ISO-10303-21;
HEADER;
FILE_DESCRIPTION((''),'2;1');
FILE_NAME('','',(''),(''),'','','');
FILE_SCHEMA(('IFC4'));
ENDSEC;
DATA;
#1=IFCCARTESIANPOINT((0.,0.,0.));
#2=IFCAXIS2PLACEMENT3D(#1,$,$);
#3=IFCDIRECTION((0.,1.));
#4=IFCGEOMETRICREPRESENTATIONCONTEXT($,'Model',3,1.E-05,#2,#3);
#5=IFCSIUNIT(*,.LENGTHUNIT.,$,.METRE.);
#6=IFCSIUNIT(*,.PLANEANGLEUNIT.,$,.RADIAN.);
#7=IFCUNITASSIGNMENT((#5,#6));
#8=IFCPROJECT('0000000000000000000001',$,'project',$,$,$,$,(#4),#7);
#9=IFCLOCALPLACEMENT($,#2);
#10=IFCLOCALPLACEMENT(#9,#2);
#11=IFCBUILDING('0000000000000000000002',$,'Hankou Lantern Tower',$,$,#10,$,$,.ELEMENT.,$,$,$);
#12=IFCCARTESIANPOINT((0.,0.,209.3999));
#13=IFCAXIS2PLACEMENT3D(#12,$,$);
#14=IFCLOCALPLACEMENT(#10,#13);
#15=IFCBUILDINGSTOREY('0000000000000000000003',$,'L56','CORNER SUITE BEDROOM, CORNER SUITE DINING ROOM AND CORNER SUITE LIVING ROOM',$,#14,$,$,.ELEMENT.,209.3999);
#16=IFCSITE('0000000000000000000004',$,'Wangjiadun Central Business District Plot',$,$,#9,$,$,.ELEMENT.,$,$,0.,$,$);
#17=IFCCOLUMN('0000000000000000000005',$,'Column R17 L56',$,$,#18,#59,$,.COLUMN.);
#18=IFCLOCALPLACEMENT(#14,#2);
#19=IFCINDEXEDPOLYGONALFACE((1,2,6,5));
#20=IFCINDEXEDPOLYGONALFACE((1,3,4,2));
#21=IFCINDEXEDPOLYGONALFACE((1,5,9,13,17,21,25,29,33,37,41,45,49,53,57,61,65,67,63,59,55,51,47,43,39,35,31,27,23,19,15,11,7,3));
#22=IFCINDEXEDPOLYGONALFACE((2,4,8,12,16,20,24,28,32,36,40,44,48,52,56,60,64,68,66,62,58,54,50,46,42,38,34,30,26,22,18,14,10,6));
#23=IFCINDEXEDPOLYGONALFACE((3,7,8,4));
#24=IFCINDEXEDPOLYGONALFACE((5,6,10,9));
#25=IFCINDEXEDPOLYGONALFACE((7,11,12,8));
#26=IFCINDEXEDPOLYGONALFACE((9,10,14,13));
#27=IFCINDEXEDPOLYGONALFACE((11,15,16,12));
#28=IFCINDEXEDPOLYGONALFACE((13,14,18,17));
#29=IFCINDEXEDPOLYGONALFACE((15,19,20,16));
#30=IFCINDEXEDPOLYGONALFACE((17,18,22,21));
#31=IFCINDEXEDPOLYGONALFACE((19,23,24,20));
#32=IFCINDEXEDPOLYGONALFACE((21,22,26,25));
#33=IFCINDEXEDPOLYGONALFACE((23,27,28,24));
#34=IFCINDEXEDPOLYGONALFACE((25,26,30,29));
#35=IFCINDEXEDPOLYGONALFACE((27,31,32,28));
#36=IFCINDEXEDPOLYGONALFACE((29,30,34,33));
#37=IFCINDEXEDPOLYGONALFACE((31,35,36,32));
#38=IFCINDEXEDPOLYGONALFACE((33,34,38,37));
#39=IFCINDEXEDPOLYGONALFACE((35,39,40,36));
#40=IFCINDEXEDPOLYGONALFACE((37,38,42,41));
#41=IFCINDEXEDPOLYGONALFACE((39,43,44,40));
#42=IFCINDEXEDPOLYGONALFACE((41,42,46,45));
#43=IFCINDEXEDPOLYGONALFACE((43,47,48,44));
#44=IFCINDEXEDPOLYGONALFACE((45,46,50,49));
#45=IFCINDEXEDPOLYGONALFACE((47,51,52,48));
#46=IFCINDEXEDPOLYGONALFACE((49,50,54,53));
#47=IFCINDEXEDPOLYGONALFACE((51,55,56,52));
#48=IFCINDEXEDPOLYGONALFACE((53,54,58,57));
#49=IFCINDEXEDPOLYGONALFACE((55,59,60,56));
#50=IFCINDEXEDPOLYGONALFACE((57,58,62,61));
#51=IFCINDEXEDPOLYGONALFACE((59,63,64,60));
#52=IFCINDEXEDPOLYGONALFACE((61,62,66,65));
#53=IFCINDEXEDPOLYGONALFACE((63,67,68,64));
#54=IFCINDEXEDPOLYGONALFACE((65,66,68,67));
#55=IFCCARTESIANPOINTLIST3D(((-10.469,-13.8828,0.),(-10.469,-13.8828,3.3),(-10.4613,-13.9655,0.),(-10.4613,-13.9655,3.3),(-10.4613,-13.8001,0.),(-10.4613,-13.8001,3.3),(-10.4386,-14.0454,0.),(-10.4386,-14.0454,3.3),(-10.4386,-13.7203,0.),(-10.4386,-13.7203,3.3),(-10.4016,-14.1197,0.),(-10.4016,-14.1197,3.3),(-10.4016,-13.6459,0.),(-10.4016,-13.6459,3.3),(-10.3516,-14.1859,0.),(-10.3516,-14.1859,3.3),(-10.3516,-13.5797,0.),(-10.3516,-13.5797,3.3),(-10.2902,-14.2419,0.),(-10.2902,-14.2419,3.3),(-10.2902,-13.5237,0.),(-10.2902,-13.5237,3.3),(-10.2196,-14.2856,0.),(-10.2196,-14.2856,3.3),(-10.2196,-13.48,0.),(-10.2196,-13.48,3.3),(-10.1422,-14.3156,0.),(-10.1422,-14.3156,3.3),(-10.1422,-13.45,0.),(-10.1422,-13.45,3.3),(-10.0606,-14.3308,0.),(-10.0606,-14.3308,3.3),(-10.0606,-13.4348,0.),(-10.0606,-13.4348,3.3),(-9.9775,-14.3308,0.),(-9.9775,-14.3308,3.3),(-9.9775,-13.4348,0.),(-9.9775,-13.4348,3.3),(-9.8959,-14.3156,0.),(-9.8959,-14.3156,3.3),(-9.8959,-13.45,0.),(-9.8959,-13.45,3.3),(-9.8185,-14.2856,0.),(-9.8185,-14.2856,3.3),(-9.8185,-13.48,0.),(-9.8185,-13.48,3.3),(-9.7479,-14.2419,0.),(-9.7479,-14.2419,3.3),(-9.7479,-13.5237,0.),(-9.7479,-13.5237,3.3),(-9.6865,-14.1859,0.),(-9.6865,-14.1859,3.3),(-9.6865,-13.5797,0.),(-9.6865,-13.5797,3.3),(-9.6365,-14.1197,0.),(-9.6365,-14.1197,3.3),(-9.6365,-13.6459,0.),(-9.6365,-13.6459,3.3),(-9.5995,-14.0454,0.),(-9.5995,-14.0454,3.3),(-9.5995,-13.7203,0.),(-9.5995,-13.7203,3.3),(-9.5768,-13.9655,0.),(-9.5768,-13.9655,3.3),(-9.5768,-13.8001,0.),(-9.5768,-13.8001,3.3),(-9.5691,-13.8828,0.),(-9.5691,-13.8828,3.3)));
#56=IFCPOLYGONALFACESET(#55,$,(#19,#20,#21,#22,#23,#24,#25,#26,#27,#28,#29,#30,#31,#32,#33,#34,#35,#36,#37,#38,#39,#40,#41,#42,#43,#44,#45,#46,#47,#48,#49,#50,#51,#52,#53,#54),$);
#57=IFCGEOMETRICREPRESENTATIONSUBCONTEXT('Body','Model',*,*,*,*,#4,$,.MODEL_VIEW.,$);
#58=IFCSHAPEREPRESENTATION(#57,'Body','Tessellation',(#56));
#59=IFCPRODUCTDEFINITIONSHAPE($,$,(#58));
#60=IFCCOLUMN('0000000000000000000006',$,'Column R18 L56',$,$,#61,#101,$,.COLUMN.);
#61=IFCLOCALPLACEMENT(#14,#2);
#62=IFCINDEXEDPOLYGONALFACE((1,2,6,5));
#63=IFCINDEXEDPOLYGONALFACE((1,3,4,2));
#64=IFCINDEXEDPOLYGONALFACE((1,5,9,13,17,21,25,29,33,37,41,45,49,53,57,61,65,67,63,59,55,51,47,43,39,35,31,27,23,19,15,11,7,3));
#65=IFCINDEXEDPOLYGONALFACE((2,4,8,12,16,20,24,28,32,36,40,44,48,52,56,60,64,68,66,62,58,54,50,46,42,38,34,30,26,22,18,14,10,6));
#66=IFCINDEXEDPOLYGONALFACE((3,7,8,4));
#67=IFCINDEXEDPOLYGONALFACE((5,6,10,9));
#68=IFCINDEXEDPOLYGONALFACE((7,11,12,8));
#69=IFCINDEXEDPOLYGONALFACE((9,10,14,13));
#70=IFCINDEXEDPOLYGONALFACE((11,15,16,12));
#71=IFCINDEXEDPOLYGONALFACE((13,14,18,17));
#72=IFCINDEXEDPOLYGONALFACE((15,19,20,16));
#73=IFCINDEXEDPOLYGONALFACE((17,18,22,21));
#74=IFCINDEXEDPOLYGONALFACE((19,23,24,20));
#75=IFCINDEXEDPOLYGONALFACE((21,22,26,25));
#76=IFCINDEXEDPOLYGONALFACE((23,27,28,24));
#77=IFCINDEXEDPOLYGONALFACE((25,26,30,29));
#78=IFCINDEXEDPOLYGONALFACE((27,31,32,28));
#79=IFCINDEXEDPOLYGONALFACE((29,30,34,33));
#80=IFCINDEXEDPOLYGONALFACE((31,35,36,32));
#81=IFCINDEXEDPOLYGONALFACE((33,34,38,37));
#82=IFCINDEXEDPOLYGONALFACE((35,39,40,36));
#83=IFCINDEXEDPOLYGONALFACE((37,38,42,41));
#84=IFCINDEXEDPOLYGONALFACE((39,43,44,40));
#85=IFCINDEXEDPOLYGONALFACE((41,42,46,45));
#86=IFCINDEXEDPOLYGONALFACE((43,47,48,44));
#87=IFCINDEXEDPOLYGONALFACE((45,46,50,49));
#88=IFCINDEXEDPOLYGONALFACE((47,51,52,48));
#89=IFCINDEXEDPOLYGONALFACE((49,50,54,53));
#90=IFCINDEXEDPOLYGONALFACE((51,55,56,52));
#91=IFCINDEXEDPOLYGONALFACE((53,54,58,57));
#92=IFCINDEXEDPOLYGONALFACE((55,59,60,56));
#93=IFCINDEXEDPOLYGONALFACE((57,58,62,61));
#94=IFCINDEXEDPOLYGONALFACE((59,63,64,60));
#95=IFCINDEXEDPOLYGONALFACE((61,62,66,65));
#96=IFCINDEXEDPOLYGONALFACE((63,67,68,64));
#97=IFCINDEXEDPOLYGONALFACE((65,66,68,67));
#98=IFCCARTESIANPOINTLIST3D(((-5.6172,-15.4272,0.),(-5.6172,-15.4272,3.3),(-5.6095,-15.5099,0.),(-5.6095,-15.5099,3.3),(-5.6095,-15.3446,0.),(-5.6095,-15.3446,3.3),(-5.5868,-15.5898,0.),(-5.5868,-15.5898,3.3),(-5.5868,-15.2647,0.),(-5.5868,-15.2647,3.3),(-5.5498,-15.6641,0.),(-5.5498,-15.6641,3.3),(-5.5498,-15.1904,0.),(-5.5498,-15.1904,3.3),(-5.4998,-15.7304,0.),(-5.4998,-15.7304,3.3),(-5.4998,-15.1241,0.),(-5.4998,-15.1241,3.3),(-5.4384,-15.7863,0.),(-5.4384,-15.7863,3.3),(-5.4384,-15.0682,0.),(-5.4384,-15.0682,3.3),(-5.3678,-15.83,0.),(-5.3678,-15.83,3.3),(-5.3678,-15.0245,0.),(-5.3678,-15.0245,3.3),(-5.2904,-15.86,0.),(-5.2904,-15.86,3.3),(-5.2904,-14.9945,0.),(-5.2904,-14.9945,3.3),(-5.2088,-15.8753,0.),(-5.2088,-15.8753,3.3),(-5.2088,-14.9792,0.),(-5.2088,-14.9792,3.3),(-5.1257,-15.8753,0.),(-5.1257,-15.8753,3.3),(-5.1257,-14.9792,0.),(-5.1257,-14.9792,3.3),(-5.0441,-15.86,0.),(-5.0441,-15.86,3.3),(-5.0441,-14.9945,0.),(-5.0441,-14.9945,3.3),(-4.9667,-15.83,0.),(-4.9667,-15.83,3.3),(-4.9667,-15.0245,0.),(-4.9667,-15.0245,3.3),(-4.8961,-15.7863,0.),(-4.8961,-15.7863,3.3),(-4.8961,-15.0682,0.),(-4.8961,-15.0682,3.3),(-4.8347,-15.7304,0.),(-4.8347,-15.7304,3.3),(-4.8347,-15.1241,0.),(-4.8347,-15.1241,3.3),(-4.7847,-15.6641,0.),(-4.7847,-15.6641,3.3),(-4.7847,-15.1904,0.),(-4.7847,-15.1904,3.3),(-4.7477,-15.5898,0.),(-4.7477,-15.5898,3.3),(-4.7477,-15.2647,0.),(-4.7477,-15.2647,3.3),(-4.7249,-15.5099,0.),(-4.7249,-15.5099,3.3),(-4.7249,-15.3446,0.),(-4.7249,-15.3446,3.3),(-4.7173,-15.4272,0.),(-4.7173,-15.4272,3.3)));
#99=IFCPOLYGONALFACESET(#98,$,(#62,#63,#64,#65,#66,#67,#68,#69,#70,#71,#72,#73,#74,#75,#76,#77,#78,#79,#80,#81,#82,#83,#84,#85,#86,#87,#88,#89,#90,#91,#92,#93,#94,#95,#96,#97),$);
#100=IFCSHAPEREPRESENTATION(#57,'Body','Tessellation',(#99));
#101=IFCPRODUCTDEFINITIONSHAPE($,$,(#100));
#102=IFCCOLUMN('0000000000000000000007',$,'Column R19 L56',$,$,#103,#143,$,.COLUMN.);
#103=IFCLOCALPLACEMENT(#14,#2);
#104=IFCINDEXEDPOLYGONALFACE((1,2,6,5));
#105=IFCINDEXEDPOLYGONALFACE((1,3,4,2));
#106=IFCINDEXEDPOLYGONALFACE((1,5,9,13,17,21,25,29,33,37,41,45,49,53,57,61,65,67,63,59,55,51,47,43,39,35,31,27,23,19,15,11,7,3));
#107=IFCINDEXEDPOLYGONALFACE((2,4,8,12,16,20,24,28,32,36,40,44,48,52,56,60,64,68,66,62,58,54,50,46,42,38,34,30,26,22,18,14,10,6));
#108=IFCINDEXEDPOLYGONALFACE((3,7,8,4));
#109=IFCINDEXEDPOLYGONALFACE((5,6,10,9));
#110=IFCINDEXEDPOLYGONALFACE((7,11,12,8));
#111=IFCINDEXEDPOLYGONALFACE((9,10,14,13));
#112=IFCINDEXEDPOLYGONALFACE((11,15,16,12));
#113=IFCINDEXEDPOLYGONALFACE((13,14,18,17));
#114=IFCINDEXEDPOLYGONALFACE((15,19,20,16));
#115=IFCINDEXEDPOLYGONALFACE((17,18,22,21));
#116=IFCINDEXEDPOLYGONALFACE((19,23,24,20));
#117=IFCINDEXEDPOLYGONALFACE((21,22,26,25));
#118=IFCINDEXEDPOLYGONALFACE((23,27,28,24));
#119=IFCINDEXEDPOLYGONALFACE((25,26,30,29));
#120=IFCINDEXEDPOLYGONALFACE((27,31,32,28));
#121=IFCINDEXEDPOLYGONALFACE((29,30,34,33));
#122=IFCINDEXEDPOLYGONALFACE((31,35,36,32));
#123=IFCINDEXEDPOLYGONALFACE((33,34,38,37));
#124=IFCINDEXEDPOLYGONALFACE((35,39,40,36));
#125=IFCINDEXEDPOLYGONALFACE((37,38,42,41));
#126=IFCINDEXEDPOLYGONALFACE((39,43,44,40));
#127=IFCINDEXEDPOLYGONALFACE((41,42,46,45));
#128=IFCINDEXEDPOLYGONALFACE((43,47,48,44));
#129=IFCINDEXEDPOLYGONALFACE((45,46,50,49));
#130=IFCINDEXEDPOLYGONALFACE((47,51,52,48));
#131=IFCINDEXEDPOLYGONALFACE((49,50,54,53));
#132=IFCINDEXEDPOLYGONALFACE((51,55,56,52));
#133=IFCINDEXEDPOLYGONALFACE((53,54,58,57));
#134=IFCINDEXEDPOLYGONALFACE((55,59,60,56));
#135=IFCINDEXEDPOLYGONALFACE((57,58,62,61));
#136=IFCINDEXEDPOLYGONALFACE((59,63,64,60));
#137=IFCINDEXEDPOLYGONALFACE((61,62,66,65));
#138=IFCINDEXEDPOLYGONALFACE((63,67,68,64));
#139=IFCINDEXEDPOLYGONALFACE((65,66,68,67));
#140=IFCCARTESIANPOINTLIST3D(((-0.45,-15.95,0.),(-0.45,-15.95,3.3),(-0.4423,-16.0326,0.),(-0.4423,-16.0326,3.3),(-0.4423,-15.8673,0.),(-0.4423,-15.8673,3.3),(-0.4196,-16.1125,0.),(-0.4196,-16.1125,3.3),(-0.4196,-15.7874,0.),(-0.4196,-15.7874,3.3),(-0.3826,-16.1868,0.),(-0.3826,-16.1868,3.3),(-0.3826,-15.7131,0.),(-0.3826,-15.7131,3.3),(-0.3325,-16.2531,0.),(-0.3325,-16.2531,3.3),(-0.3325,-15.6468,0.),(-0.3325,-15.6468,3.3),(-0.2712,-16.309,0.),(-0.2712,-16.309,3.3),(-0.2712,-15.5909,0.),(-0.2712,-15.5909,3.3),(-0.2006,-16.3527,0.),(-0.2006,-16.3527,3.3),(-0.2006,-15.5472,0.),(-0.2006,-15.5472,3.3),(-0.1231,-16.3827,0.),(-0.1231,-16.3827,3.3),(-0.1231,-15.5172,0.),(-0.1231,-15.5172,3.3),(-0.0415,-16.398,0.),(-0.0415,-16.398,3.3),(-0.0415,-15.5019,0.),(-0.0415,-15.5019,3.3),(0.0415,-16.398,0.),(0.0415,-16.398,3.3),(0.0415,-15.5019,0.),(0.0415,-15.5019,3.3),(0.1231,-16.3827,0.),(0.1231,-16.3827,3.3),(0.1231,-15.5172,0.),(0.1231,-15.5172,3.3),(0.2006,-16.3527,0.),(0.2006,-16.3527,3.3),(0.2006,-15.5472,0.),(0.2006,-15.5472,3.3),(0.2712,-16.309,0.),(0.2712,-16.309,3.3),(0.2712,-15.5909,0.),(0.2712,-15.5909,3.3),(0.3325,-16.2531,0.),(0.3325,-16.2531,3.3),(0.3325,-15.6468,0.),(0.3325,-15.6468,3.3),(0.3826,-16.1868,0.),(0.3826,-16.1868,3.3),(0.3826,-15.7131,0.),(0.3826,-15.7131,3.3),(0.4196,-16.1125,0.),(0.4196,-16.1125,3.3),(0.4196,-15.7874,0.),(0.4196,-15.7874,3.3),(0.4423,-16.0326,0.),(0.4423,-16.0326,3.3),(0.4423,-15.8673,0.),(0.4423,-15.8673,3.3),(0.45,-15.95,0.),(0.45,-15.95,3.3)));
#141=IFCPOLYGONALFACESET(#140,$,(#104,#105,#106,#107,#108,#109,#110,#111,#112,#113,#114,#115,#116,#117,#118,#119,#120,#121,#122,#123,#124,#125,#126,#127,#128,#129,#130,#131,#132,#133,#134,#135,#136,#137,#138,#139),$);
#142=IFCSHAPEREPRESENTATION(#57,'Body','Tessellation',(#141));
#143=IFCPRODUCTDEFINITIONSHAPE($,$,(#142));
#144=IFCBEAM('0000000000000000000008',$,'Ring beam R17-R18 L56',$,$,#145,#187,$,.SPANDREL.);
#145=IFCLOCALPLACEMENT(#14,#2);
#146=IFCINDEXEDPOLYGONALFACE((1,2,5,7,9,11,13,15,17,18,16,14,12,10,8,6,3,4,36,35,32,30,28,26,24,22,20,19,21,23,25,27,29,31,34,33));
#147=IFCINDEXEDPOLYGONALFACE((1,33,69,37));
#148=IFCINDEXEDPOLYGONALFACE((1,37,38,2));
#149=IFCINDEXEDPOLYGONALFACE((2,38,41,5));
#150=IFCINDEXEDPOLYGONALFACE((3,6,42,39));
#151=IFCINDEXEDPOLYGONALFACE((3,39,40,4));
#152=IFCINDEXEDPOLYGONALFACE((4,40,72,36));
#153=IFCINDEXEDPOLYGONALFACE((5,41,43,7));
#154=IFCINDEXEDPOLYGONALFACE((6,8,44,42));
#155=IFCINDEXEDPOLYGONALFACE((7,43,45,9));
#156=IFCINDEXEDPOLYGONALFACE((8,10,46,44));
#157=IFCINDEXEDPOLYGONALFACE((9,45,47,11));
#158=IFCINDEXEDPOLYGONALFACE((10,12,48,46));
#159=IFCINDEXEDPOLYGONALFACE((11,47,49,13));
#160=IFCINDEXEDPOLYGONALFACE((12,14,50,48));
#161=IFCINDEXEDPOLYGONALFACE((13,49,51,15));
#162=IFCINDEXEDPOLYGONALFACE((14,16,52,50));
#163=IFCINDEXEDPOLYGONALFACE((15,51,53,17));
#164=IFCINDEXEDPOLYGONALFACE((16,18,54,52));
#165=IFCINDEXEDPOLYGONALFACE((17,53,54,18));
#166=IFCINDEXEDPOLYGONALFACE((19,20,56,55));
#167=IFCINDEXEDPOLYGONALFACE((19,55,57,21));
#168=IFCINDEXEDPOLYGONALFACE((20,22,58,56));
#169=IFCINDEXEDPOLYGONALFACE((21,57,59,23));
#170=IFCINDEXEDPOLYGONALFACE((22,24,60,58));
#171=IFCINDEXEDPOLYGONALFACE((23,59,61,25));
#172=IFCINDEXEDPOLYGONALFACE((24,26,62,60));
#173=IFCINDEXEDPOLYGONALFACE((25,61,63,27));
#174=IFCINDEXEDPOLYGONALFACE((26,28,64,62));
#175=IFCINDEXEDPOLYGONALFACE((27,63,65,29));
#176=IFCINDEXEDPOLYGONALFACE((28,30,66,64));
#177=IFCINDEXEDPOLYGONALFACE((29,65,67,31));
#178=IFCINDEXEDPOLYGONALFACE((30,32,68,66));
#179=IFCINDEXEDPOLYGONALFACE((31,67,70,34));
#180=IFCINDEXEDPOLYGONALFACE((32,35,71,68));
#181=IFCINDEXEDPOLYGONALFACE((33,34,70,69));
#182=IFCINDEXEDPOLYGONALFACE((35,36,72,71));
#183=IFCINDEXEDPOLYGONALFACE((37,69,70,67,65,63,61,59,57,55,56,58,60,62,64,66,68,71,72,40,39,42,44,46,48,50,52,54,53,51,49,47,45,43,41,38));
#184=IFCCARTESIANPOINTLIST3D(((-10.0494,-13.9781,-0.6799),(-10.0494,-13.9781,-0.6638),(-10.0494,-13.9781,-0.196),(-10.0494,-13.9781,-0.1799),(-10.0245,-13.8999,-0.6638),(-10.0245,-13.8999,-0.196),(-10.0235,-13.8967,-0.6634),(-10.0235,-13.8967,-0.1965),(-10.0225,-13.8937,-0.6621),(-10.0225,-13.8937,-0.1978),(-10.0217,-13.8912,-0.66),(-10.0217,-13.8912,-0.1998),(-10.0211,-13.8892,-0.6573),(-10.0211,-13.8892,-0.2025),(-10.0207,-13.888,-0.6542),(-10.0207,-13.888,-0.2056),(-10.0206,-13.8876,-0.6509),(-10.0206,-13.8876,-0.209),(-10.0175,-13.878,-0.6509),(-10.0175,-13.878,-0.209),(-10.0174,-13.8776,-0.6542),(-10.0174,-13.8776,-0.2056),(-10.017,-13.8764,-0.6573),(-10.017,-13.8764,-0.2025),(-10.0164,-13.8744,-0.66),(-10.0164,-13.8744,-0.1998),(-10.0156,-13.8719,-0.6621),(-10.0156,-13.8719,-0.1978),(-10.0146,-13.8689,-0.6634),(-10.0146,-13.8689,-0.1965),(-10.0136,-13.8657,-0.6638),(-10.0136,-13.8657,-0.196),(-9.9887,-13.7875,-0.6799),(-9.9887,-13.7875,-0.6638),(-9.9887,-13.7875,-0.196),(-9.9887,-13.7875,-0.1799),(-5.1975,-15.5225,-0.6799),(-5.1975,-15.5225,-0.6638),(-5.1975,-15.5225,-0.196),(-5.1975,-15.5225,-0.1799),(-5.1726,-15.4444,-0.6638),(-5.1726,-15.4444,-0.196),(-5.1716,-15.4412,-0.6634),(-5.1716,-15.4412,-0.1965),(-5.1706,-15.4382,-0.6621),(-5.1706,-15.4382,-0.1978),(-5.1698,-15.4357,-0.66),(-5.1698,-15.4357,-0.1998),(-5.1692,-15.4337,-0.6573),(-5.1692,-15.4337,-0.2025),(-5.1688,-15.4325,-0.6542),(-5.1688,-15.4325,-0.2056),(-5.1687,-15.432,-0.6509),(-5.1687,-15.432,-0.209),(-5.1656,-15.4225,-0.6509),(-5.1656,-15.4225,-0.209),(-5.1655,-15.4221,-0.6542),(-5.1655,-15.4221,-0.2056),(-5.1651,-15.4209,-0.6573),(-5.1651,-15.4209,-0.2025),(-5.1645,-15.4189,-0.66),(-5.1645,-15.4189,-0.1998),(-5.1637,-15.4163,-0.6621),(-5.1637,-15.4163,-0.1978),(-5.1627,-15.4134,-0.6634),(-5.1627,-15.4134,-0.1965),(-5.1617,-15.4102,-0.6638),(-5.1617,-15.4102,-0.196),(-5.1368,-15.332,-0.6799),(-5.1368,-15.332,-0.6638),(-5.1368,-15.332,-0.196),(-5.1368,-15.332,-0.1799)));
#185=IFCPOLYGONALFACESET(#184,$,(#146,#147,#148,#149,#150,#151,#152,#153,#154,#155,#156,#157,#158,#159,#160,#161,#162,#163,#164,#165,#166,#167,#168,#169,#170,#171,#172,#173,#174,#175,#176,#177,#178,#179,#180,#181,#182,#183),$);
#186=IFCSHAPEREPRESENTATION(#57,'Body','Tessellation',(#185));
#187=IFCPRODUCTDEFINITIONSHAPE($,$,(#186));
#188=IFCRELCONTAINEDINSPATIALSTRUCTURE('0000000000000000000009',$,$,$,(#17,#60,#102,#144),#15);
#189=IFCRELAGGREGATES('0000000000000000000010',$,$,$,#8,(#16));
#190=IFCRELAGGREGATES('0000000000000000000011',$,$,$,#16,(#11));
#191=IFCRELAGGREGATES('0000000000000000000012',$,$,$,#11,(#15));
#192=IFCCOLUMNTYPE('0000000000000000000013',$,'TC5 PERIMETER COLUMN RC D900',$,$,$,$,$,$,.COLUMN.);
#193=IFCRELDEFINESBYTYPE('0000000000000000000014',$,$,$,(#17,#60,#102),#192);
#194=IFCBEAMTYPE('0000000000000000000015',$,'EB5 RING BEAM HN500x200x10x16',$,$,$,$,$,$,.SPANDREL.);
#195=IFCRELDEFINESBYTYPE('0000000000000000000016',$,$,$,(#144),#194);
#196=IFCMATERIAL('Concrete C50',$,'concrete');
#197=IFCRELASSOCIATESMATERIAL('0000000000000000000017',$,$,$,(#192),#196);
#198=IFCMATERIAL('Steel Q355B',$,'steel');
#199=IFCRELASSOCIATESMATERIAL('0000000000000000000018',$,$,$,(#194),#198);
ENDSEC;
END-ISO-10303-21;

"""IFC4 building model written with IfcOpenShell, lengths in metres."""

from ifc_helpers import new_model, si_unit, direction, frame, origin, origin_2d, place, context, subcontext, project, spatial, circle, i_section, extrude, material, material_profile, profile_set, type_object, element, save


model = new_model("IFC4")

# Units and contexts
model_context = context("Model", 3, precision=1e-05, world=origin(), true_north=direction((0.0, 1.0)))
body_context = subcontext(model_context, "Body", "Model", "MODEL_VIEW")
ifc_project = project(units=[si_unit("LENGTHUNIT", "METRE"), si_unit("PLANEANGLEUNIT", "RADIAN")], contexts=[model_context])

# Site, building, storey
site_placement = place(None, origin())
site = spatial("IfcSite", under=ifc_project, at=site_placement, Name="Wangjiadun Central Business District Plot", CompositionType="ELEMENT", RefElevation=0.0)
building_placement = place(site_placement, origin())
building = spatial("IfcBuilding", under=site, at=building_placement, Name="Hankou Lantern Tower", CompositionType="ELEMENT")
storey_placement = place(building_placement, frame((0.0, 0.0, 209.3999)))
storey = spatial("IfcBuildingStorey", under=building, at=storey_placement, Name="L56", Description="CORNER SUITE BEDROOM, CORNER SUITE DINING ROOM AND CORNER SUITE LIVING ROOM", CompositionType="ELEMENT", Elevation=209.3999)

# Columns
ifc_material_1 = material(Name="Concrete C50", Category="concrete")
ifc_material_profile_1 = material_profile(ifc_material_1, circle(Radius=0.45, at=origin_2d()), Name="RC D900")
ifc_profile_set_1 = profile_set([ifc_material_profile_1], Name="Concrete C50")
column_type = type_object("IfcColumnType", Name="TC5 PERIMETER COLUMN RC D900", PredefinedType="COLUMN", material=ifc_profile_set_1)
for number, where, z_axis, x_axis, name in (
    (1, (-10.019, -13.8828, 0.0), (0.0, 0.0, 1.0), (1.0, 0.0, 0.0), "Column R17 L56"),
    (2, (-5.1672, -15.4272, 0.0), (0.0, 0.0, 1.0), (1.0, 0.0, 0.0), "Column R18 L56"),
    (3, (0.0, -15.95, 0.0), (0.0, 0.0, 1.0), (1.0, 0.0, 0.0), "Column R19 L56"),
):
    element("IfcColumn", number, at=place(storey_placement, frame(where, z_axis=z_axis, x_axis=x_axis)), inside=storey, type_object=column_type, Name=name, PredefinedType="COLUMN", context=body_context, shape_type="SweptSolid", body=[
        extrude(circle(Radius=0.45, at=origin_2d()), origin(), (0.0, 0.0, 1.0), 3.3),
    ])

# Beam
ifc_material_2 = material(Name="Steel Q355B", Category="steel")
ifc_material_profile_2 = material_profile(ifc_material_2, i_section(OverallWidth=0.2, OverallDepth=0.5, WebThickness=0.01, FlangeThickness=0.0161, FilletRadius=0.0129, at=origin_2d()), Name="HN500x200x10x16")
ifc_profile_set_2 = profile_set([ifc_material_profile_2], Name="Steel Q355B")
beam_type_1 = type_object("IfcBeamType", Name="EB5 RING BEAM HN500x200x10x16", PredefinedType="SPANDREL", material=ifc_profile_set_2)
beam_1_placement = place(storey_placement, frame((-10.019, -13.8828, -0.4299), z_axis=(0.952887, -0.303324, 0.0), x_axis=(0.303324, 0.952887, 0.0)))
element("IfcBeam", 4, at=beam_1_placement, inside=storey, type_object=beam_type_1, Name="Ring beam R17-R18 L56", PredefinedType="SPANDREL", context=body_context, shape_type="SweptSolid", body=[
    extrude(i_section(OverallWidth=0.2, OverallDepth=0.5, WebThickness=0.01, FlangeThickness=0.0161, FilletRadius=0.0129, at=origin_2d()), origin(), (0.0, 0.0, 1.0), 5.0918),
])

save(model, "model.ifc")
